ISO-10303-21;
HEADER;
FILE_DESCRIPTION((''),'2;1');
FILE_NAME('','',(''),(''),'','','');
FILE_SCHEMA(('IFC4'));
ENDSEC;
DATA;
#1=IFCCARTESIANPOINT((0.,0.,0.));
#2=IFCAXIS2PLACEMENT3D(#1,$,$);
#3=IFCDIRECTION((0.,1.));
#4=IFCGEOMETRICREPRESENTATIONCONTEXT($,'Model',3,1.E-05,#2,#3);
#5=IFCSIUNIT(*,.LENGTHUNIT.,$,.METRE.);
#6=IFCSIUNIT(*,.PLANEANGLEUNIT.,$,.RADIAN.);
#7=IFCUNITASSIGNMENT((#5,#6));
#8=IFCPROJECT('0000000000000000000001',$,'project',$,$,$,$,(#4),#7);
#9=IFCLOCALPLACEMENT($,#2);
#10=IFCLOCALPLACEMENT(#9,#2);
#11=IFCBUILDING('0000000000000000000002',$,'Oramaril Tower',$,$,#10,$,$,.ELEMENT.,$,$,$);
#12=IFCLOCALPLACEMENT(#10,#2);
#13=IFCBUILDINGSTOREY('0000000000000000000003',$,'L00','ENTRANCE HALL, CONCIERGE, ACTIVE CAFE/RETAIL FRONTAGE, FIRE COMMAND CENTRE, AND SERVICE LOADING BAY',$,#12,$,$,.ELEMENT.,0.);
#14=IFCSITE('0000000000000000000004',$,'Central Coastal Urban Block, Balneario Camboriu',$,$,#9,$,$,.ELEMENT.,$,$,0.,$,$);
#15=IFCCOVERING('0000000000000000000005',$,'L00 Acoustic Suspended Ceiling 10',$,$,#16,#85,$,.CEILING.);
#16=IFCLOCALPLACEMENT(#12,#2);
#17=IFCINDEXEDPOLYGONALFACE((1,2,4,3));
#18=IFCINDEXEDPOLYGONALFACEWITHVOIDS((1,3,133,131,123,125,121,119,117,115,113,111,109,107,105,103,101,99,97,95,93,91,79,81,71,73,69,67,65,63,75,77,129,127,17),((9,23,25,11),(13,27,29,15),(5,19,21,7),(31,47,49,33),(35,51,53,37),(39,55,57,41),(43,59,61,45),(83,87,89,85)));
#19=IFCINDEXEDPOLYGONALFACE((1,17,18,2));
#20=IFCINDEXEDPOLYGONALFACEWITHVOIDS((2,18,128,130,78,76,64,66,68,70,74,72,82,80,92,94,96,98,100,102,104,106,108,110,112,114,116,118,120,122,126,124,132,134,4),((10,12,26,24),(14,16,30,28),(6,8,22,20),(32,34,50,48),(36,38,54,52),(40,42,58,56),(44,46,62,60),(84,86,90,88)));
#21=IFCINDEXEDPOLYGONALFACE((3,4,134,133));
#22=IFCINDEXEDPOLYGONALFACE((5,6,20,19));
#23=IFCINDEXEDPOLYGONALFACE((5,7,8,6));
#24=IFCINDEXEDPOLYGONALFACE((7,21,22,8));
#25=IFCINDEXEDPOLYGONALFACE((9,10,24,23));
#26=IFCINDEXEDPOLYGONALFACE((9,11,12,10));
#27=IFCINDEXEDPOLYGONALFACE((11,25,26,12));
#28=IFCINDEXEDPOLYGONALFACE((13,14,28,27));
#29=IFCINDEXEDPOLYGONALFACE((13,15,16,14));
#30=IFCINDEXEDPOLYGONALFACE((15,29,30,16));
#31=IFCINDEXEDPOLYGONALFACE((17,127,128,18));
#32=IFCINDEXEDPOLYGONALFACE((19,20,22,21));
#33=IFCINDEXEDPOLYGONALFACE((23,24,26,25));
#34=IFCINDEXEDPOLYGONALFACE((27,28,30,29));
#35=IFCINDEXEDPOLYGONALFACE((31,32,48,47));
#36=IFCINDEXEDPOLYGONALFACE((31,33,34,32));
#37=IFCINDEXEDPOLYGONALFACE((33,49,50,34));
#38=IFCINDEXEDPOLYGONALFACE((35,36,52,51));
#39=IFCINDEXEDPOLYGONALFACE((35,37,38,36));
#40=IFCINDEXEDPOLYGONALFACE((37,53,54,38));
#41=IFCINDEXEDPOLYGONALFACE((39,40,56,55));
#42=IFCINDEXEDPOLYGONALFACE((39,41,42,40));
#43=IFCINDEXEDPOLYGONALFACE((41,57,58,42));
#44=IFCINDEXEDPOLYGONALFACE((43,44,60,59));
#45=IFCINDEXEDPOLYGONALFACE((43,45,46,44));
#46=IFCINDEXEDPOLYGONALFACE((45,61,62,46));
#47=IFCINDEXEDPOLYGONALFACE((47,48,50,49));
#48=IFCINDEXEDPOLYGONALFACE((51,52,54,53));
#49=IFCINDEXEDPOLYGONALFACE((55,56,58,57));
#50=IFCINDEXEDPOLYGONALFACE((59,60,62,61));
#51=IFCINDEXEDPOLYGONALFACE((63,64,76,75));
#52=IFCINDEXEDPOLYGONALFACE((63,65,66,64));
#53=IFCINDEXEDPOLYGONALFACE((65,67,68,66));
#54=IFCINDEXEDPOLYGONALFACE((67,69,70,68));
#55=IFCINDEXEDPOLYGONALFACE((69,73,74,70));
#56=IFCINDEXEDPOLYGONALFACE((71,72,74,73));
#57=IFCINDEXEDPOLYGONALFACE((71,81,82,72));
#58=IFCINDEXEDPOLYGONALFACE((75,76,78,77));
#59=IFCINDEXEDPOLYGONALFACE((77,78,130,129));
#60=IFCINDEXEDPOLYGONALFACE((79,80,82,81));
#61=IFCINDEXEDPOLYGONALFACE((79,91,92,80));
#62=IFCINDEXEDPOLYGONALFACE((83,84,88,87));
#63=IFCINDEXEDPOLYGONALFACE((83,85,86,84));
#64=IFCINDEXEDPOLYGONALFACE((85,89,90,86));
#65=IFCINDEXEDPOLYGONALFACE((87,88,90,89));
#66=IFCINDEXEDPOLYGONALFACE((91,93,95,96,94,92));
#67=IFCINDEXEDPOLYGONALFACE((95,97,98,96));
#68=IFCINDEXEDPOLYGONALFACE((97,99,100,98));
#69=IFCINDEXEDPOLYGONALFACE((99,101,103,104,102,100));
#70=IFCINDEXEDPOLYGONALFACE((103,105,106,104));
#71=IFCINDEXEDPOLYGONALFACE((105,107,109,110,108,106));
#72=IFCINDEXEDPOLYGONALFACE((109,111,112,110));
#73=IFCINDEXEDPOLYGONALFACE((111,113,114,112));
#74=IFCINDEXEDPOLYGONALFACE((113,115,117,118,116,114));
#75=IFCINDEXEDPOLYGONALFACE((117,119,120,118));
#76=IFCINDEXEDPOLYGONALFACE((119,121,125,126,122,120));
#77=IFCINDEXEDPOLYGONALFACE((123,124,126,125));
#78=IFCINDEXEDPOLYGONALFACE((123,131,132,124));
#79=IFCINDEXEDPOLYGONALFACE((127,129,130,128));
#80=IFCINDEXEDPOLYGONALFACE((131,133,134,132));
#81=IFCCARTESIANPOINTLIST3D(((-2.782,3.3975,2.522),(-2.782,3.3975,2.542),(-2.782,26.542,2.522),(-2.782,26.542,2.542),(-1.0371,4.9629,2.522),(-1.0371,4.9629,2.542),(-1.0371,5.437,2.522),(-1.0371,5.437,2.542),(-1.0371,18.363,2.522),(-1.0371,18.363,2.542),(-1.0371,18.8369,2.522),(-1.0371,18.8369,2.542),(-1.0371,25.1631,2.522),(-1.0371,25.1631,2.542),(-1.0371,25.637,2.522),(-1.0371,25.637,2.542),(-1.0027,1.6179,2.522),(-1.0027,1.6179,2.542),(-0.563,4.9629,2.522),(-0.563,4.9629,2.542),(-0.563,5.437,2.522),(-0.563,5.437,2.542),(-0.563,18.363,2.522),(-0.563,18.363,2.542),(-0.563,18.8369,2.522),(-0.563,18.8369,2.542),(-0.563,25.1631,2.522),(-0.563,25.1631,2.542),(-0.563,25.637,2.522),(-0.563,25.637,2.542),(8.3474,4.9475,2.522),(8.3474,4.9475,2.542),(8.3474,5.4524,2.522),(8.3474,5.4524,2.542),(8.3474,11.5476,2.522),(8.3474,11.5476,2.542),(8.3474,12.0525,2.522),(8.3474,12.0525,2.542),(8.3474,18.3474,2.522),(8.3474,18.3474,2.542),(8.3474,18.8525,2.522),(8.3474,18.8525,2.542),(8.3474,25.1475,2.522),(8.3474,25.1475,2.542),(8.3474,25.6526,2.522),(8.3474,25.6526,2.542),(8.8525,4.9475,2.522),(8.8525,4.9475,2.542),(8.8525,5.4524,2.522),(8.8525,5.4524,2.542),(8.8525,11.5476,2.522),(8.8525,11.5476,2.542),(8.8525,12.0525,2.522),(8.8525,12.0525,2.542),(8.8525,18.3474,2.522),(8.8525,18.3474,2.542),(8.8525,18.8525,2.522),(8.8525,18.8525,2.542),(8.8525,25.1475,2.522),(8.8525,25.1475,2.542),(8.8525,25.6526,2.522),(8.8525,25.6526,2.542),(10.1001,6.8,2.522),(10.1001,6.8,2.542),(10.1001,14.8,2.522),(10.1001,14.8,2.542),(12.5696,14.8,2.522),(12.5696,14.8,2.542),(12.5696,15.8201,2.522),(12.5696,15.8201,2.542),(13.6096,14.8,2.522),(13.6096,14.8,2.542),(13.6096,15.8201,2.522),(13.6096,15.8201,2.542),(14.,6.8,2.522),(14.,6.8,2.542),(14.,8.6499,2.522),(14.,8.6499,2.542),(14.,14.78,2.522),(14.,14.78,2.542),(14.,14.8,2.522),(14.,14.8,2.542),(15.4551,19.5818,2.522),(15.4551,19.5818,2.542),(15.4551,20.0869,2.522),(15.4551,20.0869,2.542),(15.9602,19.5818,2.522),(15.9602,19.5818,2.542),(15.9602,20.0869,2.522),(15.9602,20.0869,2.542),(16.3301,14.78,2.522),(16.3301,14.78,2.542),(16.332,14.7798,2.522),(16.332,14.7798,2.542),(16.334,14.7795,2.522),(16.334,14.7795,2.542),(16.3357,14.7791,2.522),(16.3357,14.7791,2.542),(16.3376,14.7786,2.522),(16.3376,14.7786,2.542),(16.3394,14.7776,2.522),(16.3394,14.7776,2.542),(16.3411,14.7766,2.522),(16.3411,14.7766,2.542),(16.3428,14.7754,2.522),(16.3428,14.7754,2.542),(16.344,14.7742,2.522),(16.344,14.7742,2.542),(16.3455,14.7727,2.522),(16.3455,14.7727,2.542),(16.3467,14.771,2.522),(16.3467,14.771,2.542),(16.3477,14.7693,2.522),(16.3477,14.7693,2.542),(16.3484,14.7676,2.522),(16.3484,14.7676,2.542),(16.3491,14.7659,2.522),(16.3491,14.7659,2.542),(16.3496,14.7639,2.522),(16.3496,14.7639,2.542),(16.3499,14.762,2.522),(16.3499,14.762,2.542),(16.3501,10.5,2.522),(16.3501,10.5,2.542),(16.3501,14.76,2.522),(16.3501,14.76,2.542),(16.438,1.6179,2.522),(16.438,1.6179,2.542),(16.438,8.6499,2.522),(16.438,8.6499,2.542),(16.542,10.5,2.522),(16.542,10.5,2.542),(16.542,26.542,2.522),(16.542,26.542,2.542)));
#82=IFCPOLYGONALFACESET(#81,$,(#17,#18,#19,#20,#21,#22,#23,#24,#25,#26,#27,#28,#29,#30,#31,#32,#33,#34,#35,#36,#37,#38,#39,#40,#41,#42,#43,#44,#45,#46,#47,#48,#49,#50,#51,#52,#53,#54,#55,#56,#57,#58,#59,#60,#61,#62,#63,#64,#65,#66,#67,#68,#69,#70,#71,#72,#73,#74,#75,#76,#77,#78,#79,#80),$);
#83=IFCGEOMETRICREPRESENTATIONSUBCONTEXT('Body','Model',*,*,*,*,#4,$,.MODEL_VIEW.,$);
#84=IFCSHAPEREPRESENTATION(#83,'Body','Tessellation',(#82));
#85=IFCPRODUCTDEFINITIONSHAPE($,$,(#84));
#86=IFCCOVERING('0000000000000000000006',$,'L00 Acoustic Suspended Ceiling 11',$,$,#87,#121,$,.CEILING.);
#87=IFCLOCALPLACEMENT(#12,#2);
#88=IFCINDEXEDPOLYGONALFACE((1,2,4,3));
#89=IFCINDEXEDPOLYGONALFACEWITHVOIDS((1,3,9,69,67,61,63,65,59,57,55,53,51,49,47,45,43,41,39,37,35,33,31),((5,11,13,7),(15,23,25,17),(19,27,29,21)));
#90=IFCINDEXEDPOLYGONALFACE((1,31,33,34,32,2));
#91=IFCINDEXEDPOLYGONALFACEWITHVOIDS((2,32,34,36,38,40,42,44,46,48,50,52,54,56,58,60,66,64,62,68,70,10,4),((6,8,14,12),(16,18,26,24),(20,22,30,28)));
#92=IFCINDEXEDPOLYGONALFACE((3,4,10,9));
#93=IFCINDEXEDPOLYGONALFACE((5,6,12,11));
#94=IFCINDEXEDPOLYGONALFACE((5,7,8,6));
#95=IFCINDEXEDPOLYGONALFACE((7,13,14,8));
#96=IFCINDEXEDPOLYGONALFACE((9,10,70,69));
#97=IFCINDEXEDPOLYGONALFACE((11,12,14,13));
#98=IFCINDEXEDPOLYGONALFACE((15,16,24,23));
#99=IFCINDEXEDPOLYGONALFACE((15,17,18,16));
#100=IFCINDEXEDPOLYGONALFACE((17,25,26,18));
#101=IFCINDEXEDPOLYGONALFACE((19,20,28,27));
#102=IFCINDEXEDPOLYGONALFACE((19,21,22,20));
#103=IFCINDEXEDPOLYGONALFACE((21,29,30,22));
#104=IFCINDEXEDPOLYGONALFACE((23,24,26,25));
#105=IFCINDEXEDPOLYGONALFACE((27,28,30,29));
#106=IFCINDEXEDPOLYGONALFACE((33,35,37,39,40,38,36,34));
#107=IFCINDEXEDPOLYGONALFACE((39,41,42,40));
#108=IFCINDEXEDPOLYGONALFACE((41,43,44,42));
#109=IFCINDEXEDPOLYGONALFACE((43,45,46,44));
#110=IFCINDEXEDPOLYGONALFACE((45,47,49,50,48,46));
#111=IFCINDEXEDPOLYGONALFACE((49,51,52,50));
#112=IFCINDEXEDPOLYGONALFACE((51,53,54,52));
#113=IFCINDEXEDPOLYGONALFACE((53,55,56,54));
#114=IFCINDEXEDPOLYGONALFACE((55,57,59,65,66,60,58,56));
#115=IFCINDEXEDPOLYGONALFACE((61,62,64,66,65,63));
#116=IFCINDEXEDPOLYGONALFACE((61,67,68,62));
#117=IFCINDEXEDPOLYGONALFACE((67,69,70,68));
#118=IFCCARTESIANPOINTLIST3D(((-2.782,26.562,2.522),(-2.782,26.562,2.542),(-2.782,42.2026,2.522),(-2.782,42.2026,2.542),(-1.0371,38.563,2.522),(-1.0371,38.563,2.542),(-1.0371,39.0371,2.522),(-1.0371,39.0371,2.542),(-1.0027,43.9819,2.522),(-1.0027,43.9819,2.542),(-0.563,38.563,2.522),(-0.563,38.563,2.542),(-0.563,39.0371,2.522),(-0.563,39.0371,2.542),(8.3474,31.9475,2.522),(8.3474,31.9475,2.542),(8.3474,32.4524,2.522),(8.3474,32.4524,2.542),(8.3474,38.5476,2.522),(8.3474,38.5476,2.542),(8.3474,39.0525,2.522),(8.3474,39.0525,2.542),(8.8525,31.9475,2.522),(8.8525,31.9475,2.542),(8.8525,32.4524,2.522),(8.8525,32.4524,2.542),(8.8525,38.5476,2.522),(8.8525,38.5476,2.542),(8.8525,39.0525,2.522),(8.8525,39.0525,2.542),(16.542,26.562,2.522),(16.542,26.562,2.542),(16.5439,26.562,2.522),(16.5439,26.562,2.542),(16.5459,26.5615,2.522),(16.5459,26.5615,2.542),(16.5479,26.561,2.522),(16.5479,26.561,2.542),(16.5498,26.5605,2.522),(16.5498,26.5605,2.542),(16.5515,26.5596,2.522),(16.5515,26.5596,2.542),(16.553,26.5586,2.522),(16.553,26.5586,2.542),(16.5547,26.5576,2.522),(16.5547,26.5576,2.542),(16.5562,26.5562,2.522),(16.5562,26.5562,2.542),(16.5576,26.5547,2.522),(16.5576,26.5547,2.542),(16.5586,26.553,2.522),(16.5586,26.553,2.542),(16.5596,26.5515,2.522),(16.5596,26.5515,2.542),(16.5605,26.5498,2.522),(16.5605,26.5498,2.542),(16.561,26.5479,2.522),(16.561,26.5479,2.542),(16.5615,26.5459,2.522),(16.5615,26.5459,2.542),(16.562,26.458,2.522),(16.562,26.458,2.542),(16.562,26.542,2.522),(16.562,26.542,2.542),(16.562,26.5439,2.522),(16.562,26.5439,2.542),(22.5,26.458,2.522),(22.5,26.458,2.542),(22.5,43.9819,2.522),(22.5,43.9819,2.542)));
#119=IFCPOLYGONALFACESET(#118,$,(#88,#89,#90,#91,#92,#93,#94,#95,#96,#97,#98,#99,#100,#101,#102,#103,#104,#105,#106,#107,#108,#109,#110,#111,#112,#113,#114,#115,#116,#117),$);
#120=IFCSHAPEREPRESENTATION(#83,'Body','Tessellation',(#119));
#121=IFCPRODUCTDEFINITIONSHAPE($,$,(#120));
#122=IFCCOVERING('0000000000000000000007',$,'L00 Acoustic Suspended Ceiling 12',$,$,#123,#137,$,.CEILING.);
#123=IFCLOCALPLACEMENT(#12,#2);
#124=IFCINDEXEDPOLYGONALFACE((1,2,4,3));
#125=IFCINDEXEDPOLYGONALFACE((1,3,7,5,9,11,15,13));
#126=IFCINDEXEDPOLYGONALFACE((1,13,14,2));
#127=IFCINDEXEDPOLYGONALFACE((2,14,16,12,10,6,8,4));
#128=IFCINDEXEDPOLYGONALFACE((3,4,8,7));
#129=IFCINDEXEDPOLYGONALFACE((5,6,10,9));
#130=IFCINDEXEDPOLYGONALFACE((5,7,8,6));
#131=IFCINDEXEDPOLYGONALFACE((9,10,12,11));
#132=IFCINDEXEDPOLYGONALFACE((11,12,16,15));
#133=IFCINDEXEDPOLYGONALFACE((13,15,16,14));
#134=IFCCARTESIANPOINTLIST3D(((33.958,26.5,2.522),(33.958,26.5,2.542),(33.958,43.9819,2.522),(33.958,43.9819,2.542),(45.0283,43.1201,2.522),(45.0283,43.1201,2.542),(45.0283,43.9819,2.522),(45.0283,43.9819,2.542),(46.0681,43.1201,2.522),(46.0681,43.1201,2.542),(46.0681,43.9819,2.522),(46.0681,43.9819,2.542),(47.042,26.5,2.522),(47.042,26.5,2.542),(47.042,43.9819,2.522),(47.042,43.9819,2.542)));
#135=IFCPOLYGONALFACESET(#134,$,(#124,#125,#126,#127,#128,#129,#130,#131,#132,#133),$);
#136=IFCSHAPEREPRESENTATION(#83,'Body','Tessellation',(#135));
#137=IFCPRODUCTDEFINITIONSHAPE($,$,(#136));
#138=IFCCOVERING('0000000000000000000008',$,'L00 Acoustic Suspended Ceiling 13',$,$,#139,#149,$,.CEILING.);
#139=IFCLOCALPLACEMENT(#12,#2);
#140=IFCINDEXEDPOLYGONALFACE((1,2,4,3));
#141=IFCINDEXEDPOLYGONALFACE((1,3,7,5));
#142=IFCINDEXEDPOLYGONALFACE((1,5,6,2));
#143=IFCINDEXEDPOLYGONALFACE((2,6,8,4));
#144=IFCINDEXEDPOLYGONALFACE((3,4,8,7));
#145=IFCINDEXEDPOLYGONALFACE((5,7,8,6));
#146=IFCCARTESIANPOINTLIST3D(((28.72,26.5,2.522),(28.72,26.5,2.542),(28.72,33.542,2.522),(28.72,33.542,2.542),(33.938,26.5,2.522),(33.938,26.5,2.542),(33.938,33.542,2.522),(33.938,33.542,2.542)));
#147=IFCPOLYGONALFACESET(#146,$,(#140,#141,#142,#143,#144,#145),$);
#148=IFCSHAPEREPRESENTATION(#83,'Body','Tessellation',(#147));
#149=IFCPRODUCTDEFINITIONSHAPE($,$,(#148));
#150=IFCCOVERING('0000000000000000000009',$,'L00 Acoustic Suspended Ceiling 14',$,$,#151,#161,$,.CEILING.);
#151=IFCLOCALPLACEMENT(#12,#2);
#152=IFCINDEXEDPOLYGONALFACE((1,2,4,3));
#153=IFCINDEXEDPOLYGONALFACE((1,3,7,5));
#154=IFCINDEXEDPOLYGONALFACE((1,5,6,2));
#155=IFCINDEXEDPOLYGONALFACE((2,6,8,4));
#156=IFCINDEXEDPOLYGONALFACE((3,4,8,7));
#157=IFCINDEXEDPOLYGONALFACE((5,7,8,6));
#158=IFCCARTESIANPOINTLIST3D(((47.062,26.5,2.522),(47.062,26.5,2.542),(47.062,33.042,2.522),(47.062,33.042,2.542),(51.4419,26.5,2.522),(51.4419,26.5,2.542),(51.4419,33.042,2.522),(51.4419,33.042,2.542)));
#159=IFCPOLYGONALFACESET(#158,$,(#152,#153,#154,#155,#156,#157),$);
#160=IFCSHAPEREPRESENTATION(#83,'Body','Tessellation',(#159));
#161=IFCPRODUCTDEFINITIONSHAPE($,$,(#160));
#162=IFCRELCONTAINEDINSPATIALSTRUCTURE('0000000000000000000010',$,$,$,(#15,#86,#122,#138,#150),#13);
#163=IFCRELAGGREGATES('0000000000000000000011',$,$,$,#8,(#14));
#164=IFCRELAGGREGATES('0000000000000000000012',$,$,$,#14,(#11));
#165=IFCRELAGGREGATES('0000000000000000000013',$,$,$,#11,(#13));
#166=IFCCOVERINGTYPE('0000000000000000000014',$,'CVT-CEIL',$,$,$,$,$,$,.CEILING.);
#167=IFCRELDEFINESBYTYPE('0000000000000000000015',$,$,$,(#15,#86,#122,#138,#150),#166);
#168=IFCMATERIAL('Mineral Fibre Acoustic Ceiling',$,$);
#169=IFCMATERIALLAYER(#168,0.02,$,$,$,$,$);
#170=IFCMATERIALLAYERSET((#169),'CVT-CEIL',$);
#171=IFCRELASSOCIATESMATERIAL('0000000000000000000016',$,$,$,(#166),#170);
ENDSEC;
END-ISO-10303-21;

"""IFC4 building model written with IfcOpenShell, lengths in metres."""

from ifc_helpers import new_model, si_unit, direction, frame, origin, place, context, subcontext, project, spatial, polyline, outline, extrude, material, layer, layer_set, type_object, element, save


model = new_model("IFC4")

# Units and contexts
model_context = context("Model", 3, precision=1e-05, world=origin(), true_north=direction((0.0, 1.0)))
body_context = subcontext(model_context, "Body", "Model", "MODEL_VIEW")
ifc_project = project(units=[si_unit("LENGTHUNIT", "METRE"), si_unit("PLANEANGLEUNIT", "RADIAN")], contexts=[model_context])

# Site, building, storey
site_placement = place(None, origin())
site = spatial("IfcSite", under=ifc_project, at=site_placement, Name="Central Coastal Urban Block, Balneario Camboriu", CompositionType="ELEMENT", RefElevation=0.0)
building_placement = place(site_placement, origin())
building = spatial("IfcBuilding", under=site, at=building_placement, Name="Oramaril Tower", CompositionType="ELEMENT")
storey_placement = place(building_placement, origin())
storey = spatial("IfcBuildingStorey", under=building, at=storey_placement, Name="L00", Description="ENTRANCE HALL, CONCIERGE, ACTIVE CAFE/RETAIL FRONTAGE, FIRE COMMAND CENTRE, AND SERVICE LOADING BAY", CompositionType="ELEMENT", Elevation=0.0)

# Coverings
ifc_material_1 = material(Name="Mineral Fibre Acoustic Ceiling")
ifc_layer_1 = layer(ifc_material_1, 0.02)
ifc_layer_set_1 = layer_set([ifc_layer_1], Name="CVT-CEIL")
covering_type_1 = type_object("IfcCoveringType", Name="CVT-CEIL", PredefinedType="CEILING", material=ifc_layer_set_1)
covering_1_placement = place(storey_placement, frame((0.0, 0.0, 2.522)))
element("IfcCovering", 1, at=covering_1_placement, inside=storey, type_object=covering_type_1, Name="L00 Acoustic Suspended Ceiling 10", PredefinedType="CEILING", context=body_context, shape_type="SweptSolid", body=[
    extrude(outline(polyline([(-1.0027, 1.6179), (-2.782, 3.3975), (-2.782, 26.542), (16.542, 26.542), (16.542, 10.5), (16.3501, 10.5), (16.3501, 14.76), (16.3499, 14.762), (16.3496, 14.7639), (16.3491, 14.7659), (16.3484, 14.7676), (16.3477, 14.7693), (16.3467, 14.771), (16.3455, 14.7727), (16.344, 14.7742), (16.3428, 14.7754), (16.3411, 14.7766), (16.3394, 14.7776), (16.3376, 14.7786), (16.3357, 14.7791), (16.334, 14.7795), (16.332, 14.7798), (16.3301, 14.78), (14.0, 14.78), (14.0, 14.8), (13.6096, 14.8), (13.6096, 15.8201), (12.5696, 15.8201), (12.5696, 14.8), (10.1001, 14.8), (10.1001, 6.8), (14.0, 6.8), (14.0, 8.6499), (16.438, 8.6499), (16.438, 1.6179), (-1.0027, 1.6179)]), holes=[polyline([(-0.563, 4.9629), (-0.563, 5.437), (-1.0371, 5.437), (-1.0371, 4.9629), (-0.563, 4.9629)]), polyline([(8.8525, 4.9475), (8.8525, 5.4524), (8.3474, 5.4524), (8.3474, 4.9475), (8.8525, 4.9475)]), polyline([(8.8525, 11.5476), (8.8525, 12.0525), (8.3474, 12.0525), (8.3474, 11.5476), (8.8525, 11.5476)]), polyline([(-0.563, 18.363), (-0.563, 18.8369), (-1.0371, 18.8369), (-1.0371, 18.363), (-0.563, 18.363)]), polyline([(8.8525, 18.3474), (8.8525, 18.8525), (8.3474, 18.8525), (8.3474, 18.3474), (8.8525, 18.3474)]), polyline([(15.9602, 20.0869), (15.4551, 20.0869), (15.4551, 19.5818), (15.9602, 19.5818), (15.9602, 20.0869)]), polyline([(-0.563, 25.1631), (-0.563, 25.637), (-1.0371, 25.637), (-1.0371, 25.1631), (-0.563, 25.1631)]), polyline([(8.8525, 25.6526), (8.3474, 25.6526), (8.3474, 25.1475), (8.8525, 25.1475), (8.8525, 25.6526)])]), origin(), (0.0, 0.0, 1.0), 0.02),
])
covering_2_placement = place(storey_placement, frame((0.0, 0.0, 2.522)))
element("IfcCovering", 2, at=covering_2_placement, inside=storey, type_object=covering_type_1, Name="L00 Acoustic Suspended Ceiling 11", PredefinedType="CEILING", context=body_context, shape_type="SweptSolid", body=[
    extrude(outline(polyline([(16.562, 26.458), (16.562, 26.542), (16.562, 26.5439), (16.5615, 26.5459), (16.561, 26.5479), (16.5605, 26.5498), (16.5596, 26.5515), (16.5586, 26.553), (16.5576, 26.5547), (16.5562, 26.5562), (16.5547, 26.5576), (16.553, 26.5586), (16.5515, 26.5596), (16.5498, 26.5605), (16.5479, 26.561), (16.5459, 26.5615), (16.5439, 26.562), (16.542, 26.562), (-2.782, 26.562), (-2.782, 42.2026), (-1.0027, 43.9819), (22.5, 43.9819), (22.5, 26.458), (16.562, 26.458)]), holes=[polyline([(8.8525, 31.9475), (8.8525, 32.4524), (8.3474, 32.4524), (8.3474, 31.9475), (8.8525, 31.9475)]), polyline([(-0.563, 38.563), (-0.563, 39.0371), (-1.0371, 39.0371), (-1.0371, 38.563), (-0.563, 38.563)]), polyline([(8.8525, 39.0525), (8.3474, 39.0525), (8.3474, 38.5476), (8.8525, 38.5476), (8.8525, 39.0525)])]), origin(), (0.0, 0.0, 1.0), 0.02),
])
covering_3_placement = place(storey_placement, frame((0.0, 0.0, 2.522)))
element("IfcCovering", 3, at=covering_3_placement, inside=storey, type_object=covering_type_1, Name="L00 Acoustic Suspended Ceiling 12", PredefinedType="CEILING", context=body_context, shape_type="SweptSolid", body=[
    extrude(outline(polyline([(45.0283, 43.9819), (45.0283, 43.1201), (46.0681, 43.1201), (46.0681, 43.9819), (47.042, 43.9819), (47.042, 26.5), (33.958, 26.5), (33.958, 43.9819), (45.0283, 43.9819)])), origin(), (0.0, 0.0, 1.0), 0.02),
])
covering_4_placement = place(storey_placement, frame((0.0, 0.0, 2.522)))
element("IfcCovering", 4, at=covering_4_placement, inside=storey, type_object=covering_type_1, Name="L00 Acoustic Suspended Ceiling 13", PredefinedType="CEILING", context=body_context, shape_type="SweptSolid", body=[
    extrude(outline(polyline([(33.938, 33.542), (33.938, 26.5), (28.72, 26.5), (28.72, 33.542), (33.938, 33.542)])), origin(), (0.0, 0.0, 1.0), 0.02),
])
covering_5_placement = place(storey_placement, frame((0.0, 0.0, 2.522)))
element("IfcCovering", 5, at=covering_5_placement, inside=storey, type_object=covering_type_1, Name="L00 Acoustic Suspended Ceiling 14", PredefinedType="CEILING", context=body_context, shape_type="SweptSolid", body=[
    extrude(outline(polyline([(51.4419, 26.5), (47.062, 26.5), (47.062, 33.042), (51.4419, 33.042), (51.4419, 26.5)])), origin(), (0.0, 0.0, 1.0), 0.02),
])

save(model, "model.ifc")
